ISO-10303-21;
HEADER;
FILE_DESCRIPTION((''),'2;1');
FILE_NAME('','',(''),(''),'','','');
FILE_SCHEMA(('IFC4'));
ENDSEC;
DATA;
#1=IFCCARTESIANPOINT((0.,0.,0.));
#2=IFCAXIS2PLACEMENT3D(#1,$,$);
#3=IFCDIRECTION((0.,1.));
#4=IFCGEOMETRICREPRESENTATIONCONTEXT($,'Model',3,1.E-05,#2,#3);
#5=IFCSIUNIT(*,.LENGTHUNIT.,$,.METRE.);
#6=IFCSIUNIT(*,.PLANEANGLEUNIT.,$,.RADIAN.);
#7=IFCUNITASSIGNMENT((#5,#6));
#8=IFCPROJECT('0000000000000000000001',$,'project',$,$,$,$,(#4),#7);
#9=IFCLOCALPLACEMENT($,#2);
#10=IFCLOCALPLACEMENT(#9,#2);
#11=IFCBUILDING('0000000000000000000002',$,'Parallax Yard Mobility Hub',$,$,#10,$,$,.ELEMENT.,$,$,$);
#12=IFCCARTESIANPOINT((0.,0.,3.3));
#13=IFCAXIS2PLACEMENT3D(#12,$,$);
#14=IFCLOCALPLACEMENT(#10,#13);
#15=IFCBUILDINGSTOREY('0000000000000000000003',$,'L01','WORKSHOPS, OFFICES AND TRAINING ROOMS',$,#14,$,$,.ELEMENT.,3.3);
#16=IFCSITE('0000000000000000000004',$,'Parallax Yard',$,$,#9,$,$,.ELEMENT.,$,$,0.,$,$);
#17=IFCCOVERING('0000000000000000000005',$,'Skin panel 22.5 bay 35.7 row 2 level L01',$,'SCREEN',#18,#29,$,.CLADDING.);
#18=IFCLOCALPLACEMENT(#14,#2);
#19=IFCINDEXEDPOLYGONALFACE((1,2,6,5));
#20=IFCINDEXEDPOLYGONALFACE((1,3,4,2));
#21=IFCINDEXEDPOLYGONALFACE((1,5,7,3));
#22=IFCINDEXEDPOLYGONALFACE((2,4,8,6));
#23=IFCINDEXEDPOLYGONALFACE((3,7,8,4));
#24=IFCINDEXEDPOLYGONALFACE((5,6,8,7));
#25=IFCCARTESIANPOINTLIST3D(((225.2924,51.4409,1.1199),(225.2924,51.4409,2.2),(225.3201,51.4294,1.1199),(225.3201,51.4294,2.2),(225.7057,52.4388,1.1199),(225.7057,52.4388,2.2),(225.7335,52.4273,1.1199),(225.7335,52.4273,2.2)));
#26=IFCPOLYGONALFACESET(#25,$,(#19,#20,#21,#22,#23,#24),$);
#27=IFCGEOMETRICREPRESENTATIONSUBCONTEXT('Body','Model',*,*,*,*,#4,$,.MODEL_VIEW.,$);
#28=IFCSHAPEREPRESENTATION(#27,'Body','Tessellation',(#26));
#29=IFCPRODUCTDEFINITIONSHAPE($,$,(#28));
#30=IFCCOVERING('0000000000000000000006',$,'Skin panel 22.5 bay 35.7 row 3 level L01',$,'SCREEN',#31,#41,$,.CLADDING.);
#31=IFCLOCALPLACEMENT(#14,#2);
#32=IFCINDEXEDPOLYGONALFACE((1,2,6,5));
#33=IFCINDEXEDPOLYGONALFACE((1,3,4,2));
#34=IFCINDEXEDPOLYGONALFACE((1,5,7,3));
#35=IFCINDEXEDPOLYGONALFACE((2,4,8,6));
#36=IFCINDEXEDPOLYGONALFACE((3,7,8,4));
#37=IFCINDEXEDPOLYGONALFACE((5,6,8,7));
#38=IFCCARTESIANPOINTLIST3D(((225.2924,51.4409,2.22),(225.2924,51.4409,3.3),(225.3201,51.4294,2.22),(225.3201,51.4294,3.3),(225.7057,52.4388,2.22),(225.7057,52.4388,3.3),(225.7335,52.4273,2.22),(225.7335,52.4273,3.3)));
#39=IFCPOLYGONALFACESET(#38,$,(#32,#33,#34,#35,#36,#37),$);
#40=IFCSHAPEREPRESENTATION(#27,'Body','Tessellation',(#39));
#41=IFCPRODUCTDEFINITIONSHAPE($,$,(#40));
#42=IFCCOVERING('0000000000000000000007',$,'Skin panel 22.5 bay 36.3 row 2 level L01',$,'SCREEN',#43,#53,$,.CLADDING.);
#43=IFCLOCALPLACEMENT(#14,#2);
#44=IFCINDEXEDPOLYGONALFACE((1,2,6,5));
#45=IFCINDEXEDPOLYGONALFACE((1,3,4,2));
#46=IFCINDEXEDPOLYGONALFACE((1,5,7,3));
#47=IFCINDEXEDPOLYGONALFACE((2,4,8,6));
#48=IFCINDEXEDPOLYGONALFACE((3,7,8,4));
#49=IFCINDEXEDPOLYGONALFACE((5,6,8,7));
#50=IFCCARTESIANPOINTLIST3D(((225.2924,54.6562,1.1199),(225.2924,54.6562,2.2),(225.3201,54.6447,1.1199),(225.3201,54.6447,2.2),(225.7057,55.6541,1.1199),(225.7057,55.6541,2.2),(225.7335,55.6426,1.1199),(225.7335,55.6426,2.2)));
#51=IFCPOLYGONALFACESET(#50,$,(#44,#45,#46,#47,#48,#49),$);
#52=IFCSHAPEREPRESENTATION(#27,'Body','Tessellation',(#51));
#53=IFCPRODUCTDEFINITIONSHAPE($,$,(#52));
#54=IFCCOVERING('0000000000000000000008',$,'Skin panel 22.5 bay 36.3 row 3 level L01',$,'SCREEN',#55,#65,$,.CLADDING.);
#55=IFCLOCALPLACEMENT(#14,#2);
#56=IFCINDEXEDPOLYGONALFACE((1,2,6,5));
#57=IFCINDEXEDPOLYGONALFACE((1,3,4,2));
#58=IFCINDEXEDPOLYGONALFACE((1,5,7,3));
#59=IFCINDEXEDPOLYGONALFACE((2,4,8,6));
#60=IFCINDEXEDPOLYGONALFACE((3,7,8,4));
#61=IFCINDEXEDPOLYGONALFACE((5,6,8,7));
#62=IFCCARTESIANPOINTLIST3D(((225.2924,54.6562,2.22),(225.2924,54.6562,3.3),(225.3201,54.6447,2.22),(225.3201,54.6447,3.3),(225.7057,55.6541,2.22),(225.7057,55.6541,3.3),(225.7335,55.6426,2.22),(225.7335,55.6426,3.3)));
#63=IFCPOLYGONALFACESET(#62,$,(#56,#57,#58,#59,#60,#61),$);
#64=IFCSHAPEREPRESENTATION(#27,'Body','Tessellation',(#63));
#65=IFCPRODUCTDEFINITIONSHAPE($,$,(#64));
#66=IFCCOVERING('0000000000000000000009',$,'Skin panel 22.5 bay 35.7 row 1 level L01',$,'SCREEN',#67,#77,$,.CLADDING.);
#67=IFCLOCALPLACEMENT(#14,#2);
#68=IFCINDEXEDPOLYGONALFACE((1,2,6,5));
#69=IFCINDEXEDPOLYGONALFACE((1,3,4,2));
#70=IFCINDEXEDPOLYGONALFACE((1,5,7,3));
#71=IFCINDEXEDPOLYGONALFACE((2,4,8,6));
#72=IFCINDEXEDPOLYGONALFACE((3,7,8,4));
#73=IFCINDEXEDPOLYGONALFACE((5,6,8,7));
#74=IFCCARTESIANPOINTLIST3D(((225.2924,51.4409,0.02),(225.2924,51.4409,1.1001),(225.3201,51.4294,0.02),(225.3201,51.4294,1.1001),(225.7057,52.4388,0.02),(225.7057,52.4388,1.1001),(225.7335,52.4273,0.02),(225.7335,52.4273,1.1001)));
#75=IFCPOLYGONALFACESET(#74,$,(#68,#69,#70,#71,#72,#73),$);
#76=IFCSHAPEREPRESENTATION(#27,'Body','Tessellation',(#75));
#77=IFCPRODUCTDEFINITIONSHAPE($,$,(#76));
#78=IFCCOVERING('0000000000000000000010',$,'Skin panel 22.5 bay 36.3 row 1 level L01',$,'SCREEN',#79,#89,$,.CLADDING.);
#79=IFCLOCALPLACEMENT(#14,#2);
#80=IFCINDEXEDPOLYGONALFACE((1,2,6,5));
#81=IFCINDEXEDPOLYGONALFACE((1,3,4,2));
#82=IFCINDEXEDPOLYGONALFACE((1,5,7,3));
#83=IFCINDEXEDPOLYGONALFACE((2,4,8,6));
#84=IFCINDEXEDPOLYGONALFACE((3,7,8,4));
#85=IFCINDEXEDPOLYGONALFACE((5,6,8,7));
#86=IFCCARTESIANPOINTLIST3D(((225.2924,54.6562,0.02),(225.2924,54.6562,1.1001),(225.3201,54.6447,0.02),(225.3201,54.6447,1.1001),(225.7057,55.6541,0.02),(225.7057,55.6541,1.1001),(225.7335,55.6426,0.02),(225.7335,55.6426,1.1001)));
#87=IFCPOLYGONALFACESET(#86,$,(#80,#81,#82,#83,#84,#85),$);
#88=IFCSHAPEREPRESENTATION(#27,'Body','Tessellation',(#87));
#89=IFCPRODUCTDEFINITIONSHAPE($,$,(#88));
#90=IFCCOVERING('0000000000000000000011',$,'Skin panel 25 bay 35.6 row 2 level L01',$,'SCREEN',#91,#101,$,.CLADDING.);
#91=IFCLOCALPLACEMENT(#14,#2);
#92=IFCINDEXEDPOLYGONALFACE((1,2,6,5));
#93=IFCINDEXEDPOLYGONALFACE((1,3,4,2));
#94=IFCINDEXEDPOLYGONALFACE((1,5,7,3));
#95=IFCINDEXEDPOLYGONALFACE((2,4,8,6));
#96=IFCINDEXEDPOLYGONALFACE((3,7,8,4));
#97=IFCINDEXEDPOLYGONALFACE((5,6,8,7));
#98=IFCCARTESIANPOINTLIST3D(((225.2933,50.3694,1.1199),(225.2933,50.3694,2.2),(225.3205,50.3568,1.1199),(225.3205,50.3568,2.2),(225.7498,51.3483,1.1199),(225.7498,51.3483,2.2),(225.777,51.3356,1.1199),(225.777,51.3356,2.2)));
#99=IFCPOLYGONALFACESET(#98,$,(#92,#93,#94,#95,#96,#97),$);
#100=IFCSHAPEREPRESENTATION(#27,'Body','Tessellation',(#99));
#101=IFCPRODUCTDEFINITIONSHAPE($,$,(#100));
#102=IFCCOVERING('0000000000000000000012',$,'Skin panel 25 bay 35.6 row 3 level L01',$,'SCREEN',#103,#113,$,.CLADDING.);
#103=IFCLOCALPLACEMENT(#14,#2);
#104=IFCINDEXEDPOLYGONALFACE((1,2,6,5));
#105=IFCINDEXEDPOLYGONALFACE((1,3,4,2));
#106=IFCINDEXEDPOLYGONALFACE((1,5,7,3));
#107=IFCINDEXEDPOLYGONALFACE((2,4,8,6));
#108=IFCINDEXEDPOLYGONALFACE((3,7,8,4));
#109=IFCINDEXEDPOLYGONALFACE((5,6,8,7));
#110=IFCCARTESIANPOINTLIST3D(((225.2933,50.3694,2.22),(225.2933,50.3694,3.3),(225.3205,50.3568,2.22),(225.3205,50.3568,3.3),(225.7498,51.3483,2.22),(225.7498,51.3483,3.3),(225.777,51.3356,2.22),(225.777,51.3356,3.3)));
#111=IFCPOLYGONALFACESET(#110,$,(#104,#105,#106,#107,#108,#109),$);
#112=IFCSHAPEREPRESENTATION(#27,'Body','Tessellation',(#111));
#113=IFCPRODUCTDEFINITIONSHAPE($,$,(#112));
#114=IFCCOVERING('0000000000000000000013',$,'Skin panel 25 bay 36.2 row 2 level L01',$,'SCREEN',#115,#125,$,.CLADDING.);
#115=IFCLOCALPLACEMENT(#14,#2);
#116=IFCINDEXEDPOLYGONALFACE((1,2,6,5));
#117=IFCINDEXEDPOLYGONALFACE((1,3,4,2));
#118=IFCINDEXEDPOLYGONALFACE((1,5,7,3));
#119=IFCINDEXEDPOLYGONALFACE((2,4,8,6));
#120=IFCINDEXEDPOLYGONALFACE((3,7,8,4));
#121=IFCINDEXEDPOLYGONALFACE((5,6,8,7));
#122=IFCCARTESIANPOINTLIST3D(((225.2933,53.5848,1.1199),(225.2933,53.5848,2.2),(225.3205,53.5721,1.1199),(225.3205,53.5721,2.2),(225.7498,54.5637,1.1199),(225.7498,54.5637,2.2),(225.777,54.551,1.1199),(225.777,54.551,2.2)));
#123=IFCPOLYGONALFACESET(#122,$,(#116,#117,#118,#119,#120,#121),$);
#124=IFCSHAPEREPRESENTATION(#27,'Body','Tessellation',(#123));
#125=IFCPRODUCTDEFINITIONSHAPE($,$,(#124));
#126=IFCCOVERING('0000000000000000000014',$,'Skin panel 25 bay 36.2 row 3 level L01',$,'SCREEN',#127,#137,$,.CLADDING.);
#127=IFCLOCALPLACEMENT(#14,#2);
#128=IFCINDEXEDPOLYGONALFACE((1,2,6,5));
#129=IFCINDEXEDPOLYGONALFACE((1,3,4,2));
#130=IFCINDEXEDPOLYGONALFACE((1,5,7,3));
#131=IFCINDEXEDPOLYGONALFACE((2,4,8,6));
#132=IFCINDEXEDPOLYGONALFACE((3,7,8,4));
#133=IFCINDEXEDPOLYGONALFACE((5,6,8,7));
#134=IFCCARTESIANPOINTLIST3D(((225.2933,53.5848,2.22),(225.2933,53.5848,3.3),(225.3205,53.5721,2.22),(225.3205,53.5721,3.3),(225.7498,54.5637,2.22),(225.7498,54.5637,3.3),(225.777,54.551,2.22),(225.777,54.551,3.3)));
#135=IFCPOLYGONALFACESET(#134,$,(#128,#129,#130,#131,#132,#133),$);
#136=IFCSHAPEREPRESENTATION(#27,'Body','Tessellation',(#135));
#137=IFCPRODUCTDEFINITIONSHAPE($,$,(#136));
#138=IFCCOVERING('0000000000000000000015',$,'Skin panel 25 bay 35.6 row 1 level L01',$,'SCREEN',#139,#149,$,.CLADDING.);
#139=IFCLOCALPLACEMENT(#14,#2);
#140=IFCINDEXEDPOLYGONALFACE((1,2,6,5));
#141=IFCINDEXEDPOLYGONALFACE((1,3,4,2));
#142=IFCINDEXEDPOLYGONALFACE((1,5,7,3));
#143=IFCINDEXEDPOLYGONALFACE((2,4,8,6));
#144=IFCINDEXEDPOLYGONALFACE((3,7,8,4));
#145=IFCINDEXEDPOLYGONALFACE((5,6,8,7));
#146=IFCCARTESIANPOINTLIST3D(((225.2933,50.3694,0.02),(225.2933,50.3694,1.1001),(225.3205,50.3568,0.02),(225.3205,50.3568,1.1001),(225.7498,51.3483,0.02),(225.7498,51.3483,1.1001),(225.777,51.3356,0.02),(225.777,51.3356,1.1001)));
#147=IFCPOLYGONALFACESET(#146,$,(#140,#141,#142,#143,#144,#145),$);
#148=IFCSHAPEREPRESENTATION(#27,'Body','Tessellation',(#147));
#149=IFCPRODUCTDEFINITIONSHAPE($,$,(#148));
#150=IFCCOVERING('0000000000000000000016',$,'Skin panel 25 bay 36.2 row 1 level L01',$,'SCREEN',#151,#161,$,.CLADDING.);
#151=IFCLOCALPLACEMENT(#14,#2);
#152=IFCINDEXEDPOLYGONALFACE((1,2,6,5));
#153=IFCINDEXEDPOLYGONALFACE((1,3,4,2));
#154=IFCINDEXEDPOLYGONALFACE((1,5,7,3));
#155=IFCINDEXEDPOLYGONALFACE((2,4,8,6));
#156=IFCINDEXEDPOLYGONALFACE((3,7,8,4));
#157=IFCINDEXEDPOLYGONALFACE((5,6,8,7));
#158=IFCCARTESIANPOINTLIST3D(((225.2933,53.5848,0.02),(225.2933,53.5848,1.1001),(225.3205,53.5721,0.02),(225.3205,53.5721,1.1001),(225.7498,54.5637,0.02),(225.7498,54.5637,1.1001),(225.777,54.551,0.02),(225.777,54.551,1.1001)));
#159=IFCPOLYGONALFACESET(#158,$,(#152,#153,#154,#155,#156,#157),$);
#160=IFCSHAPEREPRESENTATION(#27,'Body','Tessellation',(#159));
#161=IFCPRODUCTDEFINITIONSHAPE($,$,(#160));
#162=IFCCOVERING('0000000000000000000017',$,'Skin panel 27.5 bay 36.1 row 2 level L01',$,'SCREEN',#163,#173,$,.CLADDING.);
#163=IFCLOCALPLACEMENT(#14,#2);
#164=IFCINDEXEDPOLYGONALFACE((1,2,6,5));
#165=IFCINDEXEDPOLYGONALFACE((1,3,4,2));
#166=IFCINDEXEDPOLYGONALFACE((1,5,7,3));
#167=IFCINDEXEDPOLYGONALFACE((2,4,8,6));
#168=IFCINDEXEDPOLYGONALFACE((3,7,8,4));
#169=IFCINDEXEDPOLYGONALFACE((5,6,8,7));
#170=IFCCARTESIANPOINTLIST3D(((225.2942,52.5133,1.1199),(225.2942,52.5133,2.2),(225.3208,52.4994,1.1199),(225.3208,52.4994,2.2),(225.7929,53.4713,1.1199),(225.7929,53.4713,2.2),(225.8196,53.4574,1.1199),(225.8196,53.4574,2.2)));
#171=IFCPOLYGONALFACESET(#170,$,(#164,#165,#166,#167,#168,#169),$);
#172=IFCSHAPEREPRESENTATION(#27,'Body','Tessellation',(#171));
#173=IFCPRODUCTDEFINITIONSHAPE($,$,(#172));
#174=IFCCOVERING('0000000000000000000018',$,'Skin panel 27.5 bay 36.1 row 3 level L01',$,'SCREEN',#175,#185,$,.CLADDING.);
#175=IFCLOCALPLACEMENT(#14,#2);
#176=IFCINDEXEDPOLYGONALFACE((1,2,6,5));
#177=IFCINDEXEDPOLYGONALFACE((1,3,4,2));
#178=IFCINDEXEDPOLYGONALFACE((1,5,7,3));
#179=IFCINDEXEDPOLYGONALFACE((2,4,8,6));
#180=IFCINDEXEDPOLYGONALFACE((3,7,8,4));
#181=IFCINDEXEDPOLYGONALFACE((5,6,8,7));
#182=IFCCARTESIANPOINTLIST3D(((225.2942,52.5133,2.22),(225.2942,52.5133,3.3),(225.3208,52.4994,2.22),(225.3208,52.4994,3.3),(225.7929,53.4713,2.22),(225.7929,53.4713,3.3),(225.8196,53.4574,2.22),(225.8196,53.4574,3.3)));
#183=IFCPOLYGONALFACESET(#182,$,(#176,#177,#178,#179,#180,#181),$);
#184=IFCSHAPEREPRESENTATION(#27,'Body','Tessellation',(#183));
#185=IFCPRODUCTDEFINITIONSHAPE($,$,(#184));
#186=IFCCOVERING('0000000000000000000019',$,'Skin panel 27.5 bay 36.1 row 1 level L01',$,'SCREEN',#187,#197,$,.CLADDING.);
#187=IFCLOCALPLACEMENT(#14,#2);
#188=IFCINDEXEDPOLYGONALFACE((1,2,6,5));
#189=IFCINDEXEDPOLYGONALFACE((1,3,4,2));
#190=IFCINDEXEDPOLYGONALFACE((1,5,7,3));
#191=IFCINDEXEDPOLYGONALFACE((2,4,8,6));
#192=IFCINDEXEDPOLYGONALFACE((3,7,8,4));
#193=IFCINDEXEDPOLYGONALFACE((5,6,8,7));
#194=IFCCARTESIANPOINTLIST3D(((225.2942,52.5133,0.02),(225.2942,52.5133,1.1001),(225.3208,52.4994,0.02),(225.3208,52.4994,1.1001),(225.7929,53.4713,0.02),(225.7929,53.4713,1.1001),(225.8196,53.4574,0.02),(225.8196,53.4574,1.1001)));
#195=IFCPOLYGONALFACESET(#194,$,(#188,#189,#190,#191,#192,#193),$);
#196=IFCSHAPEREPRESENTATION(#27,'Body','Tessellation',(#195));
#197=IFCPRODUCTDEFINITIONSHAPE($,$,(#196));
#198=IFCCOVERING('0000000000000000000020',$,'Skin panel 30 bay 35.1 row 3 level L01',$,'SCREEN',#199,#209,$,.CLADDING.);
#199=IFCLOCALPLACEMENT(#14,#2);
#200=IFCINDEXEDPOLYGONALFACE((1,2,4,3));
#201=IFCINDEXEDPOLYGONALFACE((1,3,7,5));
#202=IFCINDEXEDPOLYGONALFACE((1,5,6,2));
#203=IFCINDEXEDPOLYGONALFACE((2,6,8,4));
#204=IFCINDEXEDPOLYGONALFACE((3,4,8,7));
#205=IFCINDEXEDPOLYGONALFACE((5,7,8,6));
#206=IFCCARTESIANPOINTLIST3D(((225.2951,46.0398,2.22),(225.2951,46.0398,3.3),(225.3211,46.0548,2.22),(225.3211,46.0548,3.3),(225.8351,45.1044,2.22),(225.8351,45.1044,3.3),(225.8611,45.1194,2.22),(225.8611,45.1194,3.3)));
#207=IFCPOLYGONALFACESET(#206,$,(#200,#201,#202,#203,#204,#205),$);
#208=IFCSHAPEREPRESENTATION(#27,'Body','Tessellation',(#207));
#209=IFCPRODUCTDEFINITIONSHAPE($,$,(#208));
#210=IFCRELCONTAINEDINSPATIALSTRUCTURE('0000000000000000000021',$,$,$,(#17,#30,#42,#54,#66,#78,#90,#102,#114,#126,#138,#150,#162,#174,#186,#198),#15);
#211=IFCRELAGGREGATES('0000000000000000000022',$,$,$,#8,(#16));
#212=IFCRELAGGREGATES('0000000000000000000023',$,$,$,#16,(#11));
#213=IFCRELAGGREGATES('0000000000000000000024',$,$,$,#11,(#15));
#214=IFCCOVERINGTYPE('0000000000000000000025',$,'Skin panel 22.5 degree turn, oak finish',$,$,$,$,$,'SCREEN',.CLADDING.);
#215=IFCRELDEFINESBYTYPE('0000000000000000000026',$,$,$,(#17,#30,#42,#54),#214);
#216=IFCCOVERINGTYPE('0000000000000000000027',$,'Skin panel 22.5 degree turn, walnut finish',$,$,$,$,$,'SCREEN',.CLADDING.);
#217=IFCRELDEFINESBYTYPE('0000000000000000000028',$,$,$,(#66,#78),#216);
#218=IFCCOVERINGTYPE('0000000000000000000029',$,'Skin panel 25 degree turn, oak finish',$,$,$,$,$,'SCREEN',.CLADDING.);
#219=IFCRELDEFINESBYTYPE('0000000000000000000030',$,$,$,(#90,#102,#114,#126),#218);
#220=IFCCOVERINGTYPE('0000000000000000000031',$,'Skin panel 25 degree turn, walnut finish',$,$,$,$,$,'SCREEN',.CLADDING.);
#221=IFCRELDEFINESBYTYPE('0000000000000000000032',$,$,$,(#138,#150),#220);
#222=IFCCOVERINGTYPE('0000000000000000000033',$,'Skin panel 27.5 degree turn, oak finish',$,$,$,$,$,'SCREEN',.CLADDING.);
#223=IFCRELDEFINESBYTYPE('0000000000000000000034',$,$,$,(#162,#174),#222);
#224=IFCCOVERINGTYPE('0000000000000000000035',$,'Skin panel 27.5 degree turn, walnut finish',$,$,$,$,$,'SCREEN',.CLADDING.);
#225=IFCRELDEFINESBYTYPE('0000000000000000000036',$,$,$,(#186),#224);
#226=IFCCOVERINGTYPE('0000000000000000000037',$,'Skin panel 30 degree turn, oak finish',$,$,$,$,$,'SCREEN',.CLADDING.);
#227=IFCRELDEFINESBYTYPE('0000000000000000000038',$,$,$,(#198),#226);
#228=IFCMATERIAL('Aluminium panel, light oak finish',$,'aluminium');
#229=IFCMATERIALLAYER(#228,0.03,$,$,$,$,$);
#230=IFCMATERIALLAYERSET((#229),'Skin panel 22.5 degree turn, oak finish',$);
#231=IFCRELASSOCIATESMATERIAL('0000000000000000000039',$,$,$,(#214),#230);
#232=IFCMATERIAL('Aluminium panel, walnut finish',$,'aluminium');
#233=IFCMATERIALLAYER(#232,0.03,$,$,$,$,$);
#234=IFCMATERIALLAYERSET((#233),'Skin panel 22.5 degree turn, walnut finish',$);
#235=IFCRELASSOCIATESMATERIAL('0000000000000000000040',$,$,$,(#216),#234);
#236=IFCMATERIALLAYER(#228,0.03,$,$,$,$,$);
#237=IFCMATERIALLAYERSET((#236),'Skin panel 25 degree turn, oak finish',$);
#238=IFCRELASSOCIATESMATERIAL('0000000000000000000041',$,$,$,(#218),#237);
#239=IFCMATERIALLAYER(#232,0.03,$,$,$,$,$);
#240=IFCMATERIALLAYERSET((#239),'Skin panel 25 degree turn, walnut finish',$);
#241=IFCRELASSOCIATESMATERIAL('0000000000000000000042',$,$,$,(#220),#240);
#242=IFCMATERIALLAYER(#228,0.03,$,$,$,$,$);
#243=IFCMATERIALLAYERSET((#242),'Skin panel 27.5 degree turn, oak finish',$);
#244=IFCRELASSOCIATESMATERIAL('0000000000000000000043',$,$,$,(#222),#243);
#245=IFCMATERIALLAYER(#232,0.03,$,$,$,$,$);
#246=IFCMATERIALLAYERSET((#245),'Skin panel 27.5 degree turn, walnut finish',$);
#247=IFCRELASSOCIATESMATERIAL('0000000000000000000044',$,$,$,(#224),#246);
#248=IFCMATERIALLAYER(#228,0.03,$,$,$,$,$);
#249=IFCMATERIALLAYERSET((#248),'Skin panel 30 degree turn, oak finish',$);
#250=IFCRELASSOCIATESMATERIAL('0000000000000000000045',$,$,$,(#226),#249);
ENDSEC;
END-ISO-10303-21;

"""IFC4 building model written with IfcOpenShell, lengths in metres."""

from ifc_helpers import new_model, si_unit, direction, frame, origin, origin_2d, place, context, subcontext, project, spatial, rectangle, extrude, material, layer, layer_set, type_object, element, save


model = new_model("IFC4")

# Units and contexts
model_context = context("Model", 3, precision=1e-05, world=origin(), true_north=direction((0.0, 1.0)))
body_context = subcontext(model_context, "Body", "Model", "MODEL_VIEW")
ifc_project = project(units=[si_unit("LENGTHUNIT", "METRE"), si_unit("PLANEANGLEUNIT", "RADIAN")], contexts=[model_context])

# Site, building, storey
site_placement = place(None, origin())
site = spatial("IfcSite", under=ifc_project, at=site_placement, Name="Parallax Yard", CompositionType="ELEMENT", RefElevation=0.0)
building_placement = place(site_placement, origin())
building = spatial("IfcBuilding", under=site, at=building_placement, Name="Parallax Yard Mobility Hub", CompositionType="ELEMENT")
storey_placement = place(building_placement, frame((0.0, 0.0, 3.3)))
storey = spatial("IfcBuildingStorey", under=building, at=storey_placement, Name="L01", Description="WORKSHOPS, OFFICES AND TRAINING ROOMS", CompositionType="ELEMENT", Elevation=3.3)

# Coverings
ifc_material_1 = material(Name="Aluminium panel, light oak finish", Category="aluminium")
ifc_layer_1 = layer(ifc_material_1, 0.03)
ifc_layer_set_1 = layer_set([ifc_layer_1], Name="Skin panel 22.5 degree turn, oak finish")
covering_type_1 = type_object("IfcCoveringType", Name="Skin panel 22.5 degree turn, oak finish", ElementType="SCREEN", PredefinedType="CLADDING", material=ifc_layer_set_1)
for number, where, z_axis, x_axis, name in (
    (1, (225.5129, 51.9341, 1.1199), (0.0, 0.0, 1.0), (0.382683, 0.92388, 0.0), "Skin panel 22.5 bay 35.7 row 2 level L01"),
    (2, (225.5129, 51.9341, 2.22), (0.0, 0.0, 1.0), (0.382683, 0.92388, 0.0), "Skin panel 22.5 bay 35.7 row 3 level L01"),
    (3, (225.5129, 55.1494, 1.1199), (0.0, 0.0, 1.0), (0.382683, 0.92388, 0.0), "Skin panel 22.5 bay 36.3 row 2 level L01"),
    (4, (225.5129, 55.1494, 2.22), (0.0, 0.0, 1.0), (0.382683, 0.92388, 0.0), "Skin panel 22.5 bay 36.3 row 3 level L01"),
):
    element("IfcCovering", number, at=place(storey_placement, frame(where, z_axis=z_axis, x_axis=x_axis)), inside=storey, type_object=covering_type_1, Name=name, ObjectType="SCREEN", PredefinedType="CLADDING", context=body_context, shape_type="SweptSolid", body=[
        extrude(rectangle(XDim=1.0801, YDim=0.03, at=origin_2d()), origin(), (0.0, 0.0, 1.0), 1.0801),
    ])
ifc_material_2 = material(Name="Aluminium panel, walnut finish", Category="aluminium")
ifc_layer_2 = layer(ifc_material_2, 0.03)
ifc_layer_set_2 = layer_set([ifc_layer_2], Name="Skin panel 22.5 degree turn, walnut finish")
covering_type_2 = type_object("IfcCoveringType", Name="Skin panel 22.5 degree turn, walnut finish", ElementType="SCREEN", PredefinedType="CLADDING", material=ifc_layer_set_2)
for number, where, z_axis, x_axis, name in (
    (5, (225.5129, 51.9341, 0.02), (0.0, 0.0, 1.0), (0.382683, 0.92388, 0.0), "Skin panel 22.5 bay 35.7 row 1 level L01"),
    (6, (225.5129, 55.1494, 0.02), (0.0, 0.0, 1.0), (0.382683, 0.92388, 0.0), "Skin panel 22.5 bay 36.3 row 1 level L01"),
):
    element("IfcCovering", number, at=place(storey_placement, frame(where, z_axis=z_axis, x_axis=x_axis)), inside=storey, type_object=covering_type_2, Name=name, ObjectType="SCREEN", PredefinedType="CLADDING", context=body_context, shape_type="SweptSolid", body=[
        extrude(rectangle(XDim=1.0801, YDim=0.03, at=origin_2d()), origin(), (0.0, 0.0, 1.0), 1.0801),
    ])
ifc_layer_3 = layer(ifc_material_1, 0.03)
ifc_layer_set_3 = layer_set([ifc_layer_3], Name="Skin panel 25 degree turn, oak finish")
covering_type_3 = type_object("IfcCoveringType", Name="Skin panel 25 degree turn, oak finish", ElementType="SCREEN", PredefinedType="CLADDING", material=ifc_layer_set_3)
for number, where, z_axis, x_axis, name in (
    (7, (225.5352, 50.8525, 1.1199), (0.0, 0.0, 1.0), (0.422618, 0.906308, 0.0), "Skin panel 25 bay 35.6 row 2 level L01"),
    (8, (225.5352, 50.8525, 2.22), (0.0, 0.0, 1.0), (0.422618, 0.906308, 0.0), "Skin panel 25 bay 35.6 row 3 level L01"),
    (9, (225.5352, 54.0679, 1.1199), (0.0, 0.0, 1.0), (0.422618, 0.906308, 0.0), "Skin panel 25 bay 36.2 row 2 level L01"),
    (10, (225.5352, 54.0679, 2.22), (0.0, 0.0, 1.0), (0.422618, 0.906308, 0.0), "Skin panel 25 bay 36.2 row 3 level L01"),
):
    element("IfcCovering", number, at=place(storey_placement, frame(where, z_axis=z_axis, x_axis=x_axis)), inside=storey, type_object=covering_type_3, Name=name, ObjectType="SCREEN", PredefinedType="CLADDING", context=body_context, shape_type="SweptSolid", body=[
        extrude(rectangle(XDim=1.0801, YDim=0.03, at=origin_2d()), origin(), (0.0, 0.0, 1.0), 1.0801),
    ])
ifc_layer_4 = layer(ifc_material_2, 0.03)
ifc_layer_set_4 = layer_set([ifc_layer_4], Name="Skin panel 25 degree turn, walnut finish")
covering_type_4 = type_object("IfcCoveringType", Name="Skin panel 25 degree turn, walnut finish", ElementType="SCREEN", PredefinedType="CLADDING", material=ifc_layer_set_4)
for number, where, z_axis, x_axis, name in (
    (11, (225.5352, 50.8525, 0.02), (0.0, 0.0, 1.0), (0.422618, 0.906308, 0.0), "Skin panel 25 bay 35.6 row 1 level L01"),
    (12, (225.5352, 54.0679, 0.02), (0.0, 0.0, 1.0), (0.422618, 0.906308, 0.0), "Skin panel 25 bay 36.2 row 1 level L01"),
):
    element("IfcCovering", number, at=place(storey_placement, frame(where, z_axis=z_axis, x_axis=x_axis)), inside=storey, type_object=covering_type_4, Name=name, ObjectType="SCREEN", PredefinedType="CLADDING", context=body_context, shape_type="SweptSolid", body=[
        extrude(rectangle(XDim=1.0801, YDim=0.03, at=origin_2d()), origin(), (0.0, 0.0, 1.0), 1.0801),
    ])
ifc_layer_5 = layer(ifc_material_1, 0.03)
ifc_layer_set_5 = layer_set([ifc_layer_5], Name="Skin panel 27.5 degree turn, oak finish")
covering_type_5 = type_object("IfcCoveringType", Name="Skin panel 27.5 degree turn, oak finish", ElementType="SCREEN", PredefinedType="CLADDING", material=ifc_layer_set_5)
for number, where, z_axis, x_axis, name in (
    (13, (225.5569, 52.9854, 1.1199), (0.0, 0.0, 1.0), (0.461749, 0.887011, 0.0), "Skin panel 27.5 bay 36.1 row 2 level L01"),
    (14, (225.5569, 52.9854, 2.22), (0.0, 0.0, 1.0), (0.461749, 0.887011, 0.0), "Skin panel 27.5 bay 36.1 row 3 level L01"),
):
    element("IfcCovering", number, at=place(storey_placement, frame(where, z_axis=z_axis, x_axis=x_axis)), inside=storey, type_object=covering_type_5, Name=name, ObjectType="SCREEN", PredefinedType="CLADDING", context=body_context, shape_type="SweptSolid", body=[
        extrude(rectangle(XDim=1.0801, YDim=0.03, at=origin_2d()), origin(), (0.0, 0.0, 1.0), 1.0801),
    ])
ifc_layer_6 = layer(ifc_material_2, 0.03)
ifc_layer_set_6 = layer_set([ifc_layer_6], Name="Skin panel 27.5 degree turn, walnut finish")
covering_type_6 = type_object("IfcCoveringType", Name="Skin panel 27.5 degree turn, walnut finish", ElementType="SCREEN", PredefinedType="CLADDING", material=ifc_layer_set_6)
covering_placement = place(storey_placement, frame((225.5569, 52.9854, 0.02), z_axis=(0.0, 0.0, 1.0), x_axis=(0.461749, 0.887011, 0.0)))
element("IfcCovering", 15, at=covering_placement, inside=storey, type_object=covering_type_6, Name="Skin panel 27.5 bay 36.1 row 1 level L01", ObjectType="SCREEN", PredefinedType="CLADDING", context=body_context, shape_type="SweptSolid", body=[
    extrude(rectangle(XDim=1.0801, YDim=0.03, at=origin_2d()), origin(), (0.0, 0.0, 1.0), 1.0801),
])
ifc_layer_7 = layer(ifc_material_1, 0.03)
ifc_layer_set_7 = layer_set([ifc_layer_7], Name="Skin panel 30 degree turn, oak finish")
covering_type_7 = type_object("IfcCoveringType", Name="Skin panel 30 degree turn, oak finish", ElementType="SCREEN", PredefinedType="CLADDING", material=ifc_layer_set_7)
for number, where, z_axis, x_axis, name in (
    (16, (225.5781, 45.5796, 2.22), (0.0, 0.0, 1.0), (0.5, -0.866025, 0.0), "Skin panel 30 bay 35.1 row 3 level L01"),
):
    element("IfcCovering", number, at=place(storey_placement, frame(where, z_axis=z_axis, x_axis=x_axis)), inside=storey, type_object=covering_type_7, Name=name, ObjectType="SCREEN", PredefinedType="CLADDING", context=body_context, shape_type="SweptSolid", body=[
        extrude(rectangle(XDim=1.0801, YDim=0.03, at=origin_2d()), origin(), (0.0, 0.0, 1.0), 1.0801),
    ])

save(model, "model.ifc")
